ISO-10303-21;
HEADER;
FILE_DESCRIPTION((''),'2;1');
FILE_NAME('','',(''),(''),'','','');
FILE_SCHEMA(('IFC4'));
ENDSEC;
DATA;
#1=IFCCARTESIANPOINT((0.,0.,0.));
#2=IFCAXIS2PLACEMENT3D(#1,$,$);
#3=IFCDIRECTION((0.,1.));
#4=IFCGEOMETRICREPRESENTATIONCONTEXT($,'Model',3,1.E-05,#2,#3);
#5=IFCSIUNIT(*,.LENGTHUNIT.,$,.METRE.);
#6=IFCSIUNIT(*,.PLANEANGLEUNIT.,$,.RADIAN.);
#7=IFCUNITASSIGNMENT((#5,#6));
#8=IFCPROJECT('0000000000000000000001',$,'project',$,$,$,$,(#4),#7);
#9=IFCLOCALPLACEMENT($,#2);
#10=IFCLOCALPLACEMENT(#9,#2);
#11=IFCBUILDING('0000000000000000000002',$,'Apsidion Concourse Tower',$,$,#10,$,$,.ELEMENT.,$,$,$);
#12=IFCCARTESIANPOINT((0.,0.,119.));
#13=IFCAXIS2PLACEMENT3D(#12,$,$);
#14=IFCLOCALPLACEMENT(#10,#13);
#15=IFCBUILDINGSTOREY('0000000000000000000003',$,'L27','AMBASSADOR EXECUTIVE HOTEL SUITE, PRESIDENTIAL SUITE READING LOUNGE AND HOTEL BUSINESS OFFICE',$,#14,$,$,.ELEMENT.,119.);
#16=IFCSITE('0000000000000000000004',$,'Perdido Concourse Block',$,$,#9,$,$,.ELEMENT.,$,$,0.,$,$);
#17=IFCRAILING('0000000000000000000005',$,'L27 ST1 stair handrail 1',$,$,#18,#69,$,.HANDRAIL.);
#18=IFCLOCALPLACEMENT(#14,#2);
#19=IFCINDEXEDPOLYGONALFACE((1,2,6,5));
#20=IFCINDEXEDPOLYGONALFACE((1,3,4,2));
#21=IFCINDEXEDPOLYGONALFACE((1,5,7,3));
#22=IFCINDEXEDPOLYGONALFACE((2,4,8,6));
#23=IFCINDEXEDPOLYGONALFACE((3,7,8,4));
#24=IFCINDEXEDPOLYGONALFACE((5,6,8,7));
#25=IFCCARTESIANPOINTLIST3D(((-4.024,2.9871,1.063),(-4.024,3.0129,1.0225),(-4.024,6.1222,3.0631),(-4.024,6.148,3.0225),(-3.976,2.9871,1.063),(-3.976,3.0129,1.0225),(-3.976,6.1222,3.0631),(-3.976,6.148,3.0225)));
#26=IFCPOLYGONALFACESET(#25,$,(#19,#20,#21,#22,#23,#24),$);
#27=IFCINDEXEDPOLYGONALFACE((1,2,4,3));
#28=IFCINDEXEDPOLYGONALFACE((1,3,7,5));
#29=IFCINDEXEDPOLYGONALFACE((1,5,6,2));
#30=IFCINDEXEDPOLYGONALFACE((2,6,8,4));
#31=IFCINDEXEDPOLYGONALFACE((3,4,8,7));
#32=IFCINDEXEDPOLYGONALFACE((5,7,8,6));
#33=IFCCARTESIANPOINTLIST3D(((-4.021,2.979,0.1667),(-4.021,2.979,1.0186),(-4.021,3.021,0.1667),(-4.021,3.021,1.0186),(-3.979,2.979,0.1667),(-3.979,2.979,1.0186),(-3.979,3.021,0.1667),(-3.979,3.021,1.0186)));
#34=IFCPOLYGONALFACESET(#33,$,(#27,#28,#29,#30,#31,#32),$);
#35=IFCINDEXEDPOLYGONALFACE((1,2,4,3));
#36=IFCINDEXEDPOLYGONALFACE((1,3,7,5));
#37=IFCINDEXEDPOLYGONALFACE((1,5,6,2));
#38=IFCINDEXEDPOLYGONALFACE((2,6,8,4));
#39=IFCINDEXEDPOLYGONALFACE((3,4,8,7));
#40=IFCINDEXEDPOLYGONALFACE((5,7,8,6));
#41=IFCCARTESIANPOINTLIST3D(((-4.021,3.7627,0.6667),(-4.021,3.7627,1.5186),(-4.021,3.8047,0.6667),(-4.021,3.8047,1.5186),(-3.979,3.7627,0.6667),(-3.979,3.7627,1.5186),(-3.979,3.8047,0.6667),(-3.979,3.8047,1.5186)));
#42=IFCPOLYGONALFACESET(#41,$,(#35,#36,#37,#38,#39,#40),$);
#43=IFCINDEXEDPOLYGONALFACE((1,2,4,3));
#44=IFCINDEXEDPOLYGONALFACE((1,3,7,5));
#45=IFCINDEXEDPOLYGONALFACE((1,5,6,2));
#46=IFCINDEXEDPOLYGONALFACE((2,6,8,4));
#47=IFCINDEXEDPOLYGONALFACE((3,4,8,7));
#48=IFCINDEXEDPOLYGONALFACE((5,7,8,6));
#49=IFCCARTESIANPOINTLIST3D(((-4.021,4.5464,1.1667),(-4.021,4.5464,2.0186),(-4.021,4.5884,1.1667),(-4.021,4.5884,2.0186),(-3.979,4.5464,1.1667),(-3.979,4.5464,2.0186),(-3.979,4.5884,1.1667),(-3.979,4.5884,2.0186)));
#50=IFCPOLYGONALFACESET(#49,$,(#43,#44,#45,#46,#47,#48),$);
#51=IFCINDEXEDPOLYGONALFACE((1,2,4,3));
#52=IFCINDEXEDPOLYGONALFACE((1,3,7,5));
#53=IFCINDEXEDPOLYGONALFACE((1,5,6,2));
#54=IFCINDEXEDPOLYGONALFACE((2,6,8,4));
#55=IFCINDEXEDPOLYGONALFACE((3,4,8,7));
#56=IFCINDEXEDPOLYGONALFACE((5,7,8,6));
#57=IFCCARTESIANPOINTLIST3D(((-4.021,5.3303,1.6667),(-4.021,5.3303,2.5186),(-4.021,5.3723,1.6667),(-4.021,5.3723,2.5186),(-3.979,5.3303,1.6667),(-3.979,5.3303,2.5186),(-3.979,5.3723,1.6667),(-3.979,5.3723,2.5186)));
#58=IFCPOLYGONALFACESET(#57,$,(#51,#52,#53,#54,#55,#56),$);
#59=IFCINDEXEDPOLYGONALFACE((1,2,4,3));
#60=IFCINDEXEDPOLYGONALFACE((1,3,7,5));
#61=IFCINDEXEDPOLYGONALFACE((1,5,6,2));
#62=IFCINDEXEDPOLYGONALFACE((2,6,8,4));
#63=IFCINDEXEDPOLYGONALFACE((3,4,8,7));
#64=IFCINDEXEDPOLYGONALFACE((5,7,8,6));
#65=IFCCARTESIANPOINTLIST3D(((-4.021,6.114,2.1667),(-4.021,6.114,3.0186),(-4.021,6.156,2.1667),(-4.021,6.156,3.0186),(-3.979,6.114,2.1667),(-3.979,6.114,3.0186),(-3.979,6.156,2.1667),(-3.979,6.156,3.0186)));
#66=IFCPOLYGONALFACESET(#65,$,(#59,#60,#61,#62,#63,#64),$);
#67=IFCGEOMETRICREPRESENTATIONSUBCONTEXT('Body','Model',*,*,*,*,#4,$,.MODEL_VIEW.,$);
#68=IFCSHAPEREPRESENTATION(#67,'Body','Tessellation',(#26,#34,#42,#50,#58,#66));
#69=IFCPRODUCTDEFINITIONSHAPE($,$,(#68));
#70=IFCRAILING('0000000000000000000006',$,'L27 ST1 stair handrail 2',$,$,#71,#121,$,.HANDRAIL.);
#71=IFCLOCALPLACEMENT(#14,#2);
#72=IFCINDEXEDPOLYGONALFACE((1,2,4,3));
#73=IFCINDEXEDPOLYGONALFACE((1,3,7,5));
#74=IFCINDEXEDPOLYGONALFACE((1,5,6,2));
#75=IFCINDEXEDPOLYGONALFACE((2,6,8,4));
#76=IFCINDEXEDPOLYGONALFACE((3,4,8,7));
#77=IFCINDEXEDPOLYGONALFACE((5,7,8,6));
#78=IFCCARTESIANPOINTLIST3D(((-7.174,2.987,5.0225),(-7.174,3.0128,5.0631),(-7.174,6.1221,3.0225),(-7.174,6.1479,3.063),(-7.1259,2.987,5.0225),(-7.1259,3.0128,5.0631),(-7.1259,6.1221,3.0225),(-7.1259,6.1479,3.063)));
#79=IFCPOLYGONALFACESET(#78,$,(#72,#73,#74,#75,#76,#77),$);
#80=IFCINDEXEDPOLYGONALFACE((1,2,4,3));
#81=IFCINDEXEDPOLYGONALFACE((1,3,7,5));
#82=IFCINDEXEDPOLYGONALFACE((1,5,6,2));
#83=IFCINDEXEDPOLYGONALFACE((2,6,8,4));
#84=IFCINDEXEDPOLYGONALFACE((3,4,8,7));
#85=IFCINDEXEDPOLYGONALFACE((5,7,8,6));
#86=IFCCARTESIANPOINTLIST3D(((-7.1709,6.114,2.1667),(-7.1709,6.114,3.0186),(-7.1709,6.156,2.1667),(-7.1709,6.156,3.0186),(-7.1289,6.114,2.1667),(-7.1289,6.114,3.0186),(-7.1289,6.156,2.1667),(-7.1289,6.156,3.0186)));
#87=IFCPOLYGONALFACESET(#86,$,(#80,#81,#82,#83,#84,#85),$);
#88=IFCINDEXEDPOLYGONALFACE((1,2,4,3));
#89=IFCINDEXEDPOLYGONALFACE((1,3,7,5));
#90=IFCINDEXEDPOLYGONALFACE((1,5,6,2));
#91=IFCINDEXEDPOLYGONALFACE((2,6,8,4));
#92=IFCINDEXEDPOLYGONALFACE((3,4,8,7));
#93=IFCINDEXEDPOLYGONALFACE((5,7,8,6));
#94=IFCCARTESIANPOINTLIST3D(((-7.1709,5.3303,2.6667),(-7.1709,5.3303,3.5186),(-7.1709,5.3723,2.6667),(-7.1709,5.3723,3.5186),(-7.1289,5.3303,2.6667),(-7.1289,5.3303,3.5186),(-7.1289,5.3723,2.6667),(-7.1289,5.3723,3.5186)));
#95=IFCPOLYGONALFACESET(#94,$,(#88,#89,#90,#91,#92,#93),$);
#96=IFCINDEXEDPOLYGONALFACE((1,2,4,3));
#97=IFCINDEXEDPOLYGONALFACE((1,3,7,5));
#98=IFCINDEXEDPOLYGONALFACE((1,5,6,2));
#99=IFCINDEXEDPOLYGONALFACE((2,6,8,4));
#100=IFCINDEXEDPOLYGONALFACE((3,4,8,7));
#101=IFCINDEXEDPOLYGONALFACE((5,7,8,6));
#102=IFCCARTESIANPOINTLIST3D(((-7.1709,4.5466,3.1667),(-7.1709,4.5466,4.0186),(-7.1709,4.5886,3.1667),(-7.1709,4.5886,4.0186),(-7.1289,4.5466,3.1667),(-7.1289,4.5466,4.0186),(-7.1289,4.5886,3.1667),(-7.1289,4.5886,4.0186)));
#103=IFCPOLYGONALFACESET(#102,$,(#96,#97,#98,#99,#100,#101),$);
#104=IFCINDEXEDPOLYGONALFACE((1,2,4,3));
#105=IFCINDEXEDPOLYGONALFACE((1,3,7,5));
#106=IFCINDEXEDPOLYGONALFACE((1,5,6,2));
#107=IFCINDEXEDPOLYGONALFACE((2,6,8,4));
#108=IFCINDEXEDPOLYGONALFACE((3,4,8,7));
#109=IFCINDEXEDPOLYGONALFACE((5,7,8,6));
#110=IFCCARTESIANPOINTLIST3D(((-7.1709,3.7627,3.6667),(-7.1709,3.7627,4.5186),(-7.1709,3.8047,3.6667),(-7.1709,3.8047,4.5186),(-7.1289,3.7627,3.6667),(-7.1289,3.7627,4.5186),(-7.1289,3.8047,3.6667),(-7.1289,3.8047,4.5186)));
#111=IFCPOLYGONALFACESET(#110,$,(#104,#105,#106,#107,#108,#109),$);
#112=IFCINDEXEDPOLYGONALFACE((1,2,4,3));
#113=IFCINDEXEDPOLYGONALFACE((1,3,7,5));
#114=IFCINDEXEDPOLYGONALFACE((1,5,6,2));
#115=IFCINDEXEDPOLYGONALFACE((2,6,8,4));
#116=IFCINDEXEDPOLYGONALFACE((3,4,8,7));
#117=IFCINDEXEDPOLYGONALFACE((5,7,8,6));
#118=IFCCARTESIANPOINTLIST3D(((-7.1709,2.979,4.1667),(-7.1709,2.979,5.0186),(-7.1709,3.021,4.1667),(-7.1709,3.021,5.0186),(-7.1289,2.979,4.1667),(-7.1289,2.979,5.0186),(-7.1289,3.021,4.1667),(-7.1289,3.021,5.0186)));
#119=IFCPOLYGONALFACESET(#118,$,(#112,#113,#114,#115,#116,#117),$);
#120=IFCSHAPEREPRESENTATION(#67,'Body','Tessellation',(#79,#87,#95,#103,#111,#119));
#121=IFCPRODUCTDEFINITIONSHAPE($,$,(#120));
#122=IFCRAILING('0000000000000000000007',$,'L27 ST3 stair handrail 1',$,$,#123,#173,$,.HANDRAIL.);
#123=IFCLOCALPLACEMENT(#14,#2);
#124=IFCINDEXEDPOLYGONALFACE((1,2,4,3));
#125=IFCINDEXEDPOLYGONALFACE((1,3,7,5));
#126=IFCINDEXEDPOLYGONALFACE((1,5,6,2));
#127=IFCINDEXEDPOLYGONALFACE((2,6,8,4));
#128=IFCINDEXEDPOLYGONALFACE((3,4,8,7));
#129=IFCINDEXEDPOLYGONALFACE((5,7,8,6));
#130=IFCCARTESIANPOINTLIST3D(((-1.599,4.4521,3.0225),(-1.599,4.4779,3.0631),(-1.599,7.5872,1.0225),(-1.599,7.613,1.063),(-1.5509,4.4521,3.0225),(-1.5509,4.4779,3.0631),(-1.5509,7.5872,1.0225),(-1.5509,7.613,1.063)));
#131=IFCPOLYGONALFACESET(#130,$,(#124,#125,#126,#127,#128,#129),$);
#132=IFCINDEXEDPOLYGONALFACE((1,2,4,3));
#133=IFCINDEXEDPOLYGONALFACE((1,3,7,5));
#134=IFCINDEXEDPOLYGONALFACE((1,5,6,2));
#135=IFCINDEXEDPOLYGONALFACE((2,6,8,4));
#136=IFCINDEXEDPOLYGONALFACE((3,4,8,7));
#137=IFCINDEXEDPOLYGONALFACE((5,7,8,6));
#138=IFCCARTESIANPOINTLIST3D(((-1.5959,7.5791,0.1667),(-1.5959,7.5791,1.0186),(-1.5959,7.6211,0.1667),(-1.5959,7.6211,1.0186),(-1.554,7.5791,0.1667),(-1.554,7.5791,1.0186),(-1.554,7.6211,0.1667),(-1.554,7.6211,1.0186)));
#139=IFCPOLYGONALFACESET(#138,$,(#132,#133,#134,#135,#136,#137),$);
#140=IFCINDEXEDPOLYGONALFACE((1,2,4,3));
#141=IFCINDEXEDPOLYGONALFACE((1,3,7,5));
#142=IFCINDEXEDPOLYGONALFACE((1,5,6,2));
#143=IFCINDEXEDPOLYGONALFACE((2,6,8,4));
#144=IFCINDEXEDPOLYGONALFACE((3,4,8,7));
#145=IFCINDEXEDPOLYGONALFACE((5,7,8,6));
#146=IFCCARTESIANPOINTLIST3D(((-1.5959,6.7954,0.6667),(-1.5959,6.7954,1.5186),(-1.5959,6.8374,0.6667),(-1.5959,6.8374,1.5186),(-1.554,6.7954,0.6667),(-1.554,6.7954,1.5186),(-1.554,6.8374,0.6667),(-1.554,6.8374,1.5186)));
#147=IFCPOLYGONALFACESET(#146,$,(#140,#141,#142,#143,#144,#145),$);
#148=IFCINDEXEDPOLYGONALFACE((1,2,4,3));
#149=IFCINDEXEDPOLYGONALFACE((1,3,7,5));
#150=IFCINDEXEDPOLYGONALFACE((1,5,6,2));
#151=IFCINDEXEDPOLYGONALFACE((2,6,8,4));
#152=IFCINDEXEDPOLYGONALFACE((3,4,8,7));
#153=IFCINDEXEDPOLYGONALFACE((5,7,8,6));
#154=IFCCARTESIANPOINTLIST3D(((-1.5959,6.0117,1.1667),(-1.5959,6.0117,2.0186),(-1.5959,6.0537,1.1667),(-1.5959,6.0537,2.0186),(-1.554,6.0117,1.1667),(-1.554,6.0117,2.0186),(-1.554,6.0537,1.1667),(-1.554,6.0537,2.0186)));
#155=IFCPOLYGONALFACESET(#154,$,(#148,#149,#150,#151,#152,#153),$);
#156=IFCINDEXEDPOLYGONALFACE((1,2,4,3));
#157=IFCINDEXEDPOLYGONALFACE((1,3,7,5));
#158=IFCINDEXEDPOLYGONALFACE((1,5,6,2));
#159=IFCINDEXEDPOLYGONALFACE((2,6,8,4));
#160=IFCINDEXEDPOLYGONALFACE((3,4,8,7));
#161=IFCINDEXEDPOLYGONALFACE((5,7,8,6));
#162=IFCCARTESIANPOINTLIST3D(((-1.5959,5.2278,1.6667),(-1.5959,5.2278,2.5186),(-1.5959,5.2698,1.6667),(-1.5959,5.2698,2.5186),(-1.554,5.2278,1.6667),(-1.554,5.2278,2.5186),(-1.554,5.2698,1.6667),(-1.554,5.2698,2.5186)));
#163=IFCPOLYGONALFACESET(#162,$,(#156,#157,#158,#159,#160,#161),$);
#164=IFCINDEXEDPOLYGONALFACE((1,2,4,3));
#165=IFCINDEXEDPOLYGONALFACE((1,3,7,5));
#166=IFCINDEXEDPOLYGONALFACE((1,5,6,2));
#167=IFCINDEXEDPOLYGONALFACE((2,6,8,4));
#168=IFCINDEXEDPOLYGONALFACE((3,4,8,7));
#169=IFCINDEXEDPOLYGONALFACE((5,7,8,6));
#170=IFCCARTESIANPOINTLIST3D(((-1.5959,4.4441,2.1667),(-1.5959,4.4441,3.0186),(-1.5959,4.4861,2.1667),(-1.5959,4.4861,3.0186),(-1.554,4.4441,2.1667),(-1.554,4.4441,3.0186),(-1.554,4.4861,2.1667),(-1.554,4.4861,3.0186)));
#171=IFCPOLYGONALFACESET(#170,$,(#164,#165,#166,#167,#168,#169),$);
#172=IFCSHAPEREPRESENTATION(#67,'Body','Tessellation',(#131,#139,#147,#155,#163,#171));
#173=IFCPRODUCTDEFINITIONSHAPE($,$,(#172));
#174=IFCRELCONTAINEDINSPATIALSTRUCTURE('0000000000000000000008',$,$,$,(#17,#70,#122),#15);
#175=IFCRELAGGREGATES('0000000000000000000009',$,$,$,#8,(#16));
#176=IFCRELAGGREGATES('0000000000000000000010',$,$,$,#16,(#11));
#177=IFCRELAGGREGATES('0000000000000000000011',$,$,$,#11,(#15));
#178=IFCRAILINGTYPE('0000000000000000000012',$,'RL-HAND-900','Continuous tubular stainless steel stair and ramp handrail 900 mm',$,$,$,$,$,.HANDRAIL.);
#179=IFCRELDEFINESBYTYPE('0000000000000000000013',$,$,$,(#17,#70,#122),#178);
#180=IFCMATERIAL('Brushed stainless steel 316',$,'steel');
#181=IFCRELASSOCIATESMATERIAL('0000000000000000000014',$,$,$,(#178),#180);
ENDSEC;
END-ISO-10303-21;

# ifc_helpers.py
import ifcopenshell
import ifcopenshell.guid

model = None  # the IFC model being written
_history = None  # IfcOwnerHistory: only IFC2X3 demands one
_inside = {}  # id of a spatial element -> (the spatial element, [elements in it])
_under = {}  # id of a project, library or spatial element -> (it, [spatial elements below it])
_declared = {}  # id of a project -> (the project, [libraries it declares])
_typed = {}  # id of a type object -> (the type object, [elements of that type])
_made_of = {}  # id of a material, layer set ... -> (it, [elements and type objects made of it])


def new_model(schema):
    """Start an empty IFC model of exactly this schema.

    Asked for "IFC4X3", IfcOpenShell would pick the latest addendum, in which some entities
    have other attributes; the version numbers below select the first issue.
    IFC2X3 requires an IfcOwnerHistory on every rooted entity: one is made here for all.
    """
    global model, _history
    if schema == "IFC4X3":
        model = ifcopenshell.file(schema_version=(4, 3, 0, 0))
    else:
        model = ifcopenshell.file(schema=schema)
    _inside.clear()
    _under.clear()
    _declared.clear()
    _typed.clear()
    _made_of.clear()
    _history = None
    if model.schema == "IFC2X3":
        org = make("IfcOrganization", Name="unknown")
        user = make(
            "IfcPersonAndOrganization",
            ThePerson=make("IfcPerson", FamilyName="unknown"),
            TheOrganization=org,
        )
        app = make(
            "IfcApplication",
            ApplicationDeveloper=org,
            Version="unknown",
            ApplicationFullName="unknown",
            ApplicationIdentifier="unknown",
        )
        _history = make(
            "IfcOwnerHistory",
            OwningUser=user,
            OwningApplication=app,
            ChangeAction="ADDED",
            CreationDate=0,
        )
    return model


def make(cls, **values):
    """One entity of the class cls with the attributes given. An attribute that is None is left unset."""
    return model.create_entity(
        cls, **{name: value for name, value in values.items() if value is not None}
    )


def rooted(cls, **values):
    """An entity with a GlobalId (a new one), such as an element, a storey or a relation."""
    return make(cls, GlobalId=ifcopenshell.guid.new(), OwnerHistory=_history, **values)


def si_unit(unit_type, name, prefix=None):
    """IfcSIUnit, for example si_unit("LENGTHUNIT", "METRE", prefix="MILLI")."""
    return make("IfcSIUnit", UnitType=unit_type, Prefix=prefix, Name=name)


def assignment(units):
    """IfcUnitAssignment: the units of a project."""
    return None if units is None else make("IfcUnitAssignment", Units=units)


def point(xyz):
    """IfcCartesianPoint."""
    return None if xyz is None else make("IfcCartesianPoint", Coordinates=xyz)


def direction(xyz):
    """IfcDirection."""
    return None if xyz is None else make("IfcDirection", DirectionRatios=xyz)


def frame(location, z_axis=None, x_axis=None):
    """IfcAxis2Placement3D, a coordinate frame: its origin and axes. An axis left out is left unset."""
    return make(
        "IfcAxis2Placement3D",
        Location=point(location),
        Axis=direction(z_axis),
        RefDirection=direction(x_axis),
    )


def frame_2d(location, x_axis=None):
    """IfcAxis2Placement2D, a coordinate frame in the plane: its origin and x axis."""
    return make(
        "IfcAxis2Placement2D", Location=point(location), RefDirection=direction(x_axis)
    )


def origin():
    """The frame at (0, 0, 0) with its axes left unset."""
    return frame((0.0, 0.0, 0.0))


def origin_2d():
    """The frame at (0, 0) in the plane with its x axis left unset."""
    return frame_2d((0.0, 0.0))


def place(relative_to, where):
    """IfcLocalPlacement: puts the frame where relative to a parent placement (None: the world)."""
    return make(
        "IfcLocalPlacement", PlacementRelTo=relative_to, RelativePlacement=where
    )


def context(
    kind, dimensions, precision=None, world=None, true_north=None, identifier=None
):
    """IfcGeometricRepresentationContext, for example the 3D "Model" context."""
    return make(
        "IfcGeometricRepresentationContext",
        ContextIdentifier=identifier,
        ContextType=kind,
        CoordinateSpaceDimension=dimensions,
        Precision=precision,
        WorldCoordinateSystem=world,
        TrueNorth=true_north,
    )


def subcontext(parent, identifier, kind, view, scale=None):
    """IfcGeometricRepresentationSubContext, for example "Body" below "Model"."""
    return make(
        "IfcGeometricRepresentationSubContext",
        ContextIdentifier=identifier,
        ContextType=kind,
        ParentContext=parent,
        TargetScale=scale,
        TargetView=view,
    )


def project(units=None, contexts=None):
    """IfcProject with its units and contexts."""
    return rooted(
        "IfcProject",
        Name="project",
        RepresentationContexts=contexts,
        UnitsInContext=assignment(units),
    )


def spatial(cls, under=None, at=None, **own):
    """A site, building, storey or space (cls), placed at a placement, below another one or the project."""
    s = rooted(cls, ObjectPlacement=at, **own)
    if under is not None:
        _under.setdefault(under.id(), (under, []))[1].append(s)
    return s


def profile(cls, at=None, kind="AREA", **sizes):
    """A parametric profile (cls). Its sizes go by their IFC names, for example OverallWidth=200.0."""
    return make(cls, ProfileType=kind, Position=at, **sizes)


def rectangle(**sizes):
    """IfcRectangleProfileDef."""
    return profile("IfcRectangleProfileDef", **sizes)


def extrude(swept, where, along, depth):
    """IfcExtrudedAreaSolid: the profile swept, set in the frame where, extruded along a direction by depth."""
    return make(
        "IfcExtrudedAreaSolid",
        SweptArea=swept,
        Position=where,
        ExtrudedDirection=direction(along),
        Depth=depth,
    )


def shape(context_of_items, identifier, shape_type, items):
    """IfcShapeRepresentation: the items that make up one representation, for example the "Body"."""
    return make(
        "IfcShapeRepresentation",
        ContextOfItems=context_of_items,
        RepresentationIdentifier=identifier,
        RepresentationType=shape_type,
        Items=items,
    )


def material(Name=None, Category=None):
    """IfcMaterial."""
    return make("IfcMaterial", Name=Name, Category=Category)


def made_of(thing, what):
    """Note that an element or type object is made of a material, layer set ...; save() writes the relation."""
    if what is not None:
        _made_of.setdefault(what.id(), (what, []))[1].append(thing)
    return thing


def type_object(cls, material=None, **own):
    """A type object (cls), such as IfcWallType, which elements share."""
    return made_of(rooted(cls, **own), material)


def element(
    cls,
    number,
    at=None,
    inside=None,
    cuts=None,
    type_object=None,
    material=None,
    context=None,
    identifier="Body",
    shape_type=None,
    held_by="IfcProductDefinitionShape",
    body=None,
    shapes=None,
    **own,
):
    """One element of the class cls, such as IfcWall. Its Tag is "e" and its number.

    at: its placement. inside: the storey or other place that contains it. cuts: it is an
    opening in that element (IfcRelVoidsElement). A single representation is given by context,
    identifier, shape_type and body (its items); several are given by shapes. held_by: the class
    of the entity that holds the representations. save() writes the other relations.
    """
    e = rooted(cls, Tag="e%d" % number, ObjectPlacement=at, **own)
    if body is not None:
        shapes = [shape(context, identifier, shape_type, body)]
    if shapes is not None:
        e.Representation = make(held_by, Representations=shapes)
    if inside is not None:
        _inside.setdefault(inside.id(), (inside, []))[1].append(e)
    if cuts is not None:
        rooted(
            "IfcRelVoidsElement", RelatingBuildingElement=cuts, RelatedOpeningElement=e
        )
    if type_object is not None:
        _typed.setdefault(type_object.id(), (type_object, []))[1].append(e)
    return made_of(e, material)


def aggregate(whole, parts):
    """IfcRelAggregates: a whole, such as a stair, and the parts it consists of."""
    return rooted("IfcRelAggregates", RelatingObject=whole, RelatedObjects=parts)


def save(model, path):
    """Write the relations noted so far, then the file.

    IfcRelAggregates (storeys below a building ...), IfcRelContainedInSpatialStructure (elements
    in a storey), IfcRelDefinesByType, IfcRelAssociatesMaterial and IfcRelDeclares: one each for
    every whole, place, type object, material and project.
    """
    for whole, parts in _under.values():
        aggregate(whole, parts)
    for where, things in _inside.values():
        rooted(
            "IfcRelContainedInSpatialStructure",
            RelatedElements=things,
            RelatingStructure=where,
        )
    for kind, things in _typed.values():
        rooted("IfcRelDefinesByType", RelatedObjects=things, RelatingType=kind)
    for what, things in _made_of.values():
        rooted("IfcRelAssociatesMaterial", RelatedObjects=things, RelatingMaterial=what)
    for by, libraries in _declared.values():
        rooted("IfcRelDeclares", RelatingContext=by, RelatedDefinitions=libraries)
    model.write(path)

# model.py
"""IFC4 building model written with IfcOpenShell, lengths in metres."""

from ifc_helpers import new_model, si_unit, direction, frame, origin, origin_2d, place, context, subcontext, project, spatial, rectangle, extrude, material, type_object, element, save


model = new_model("IFC4")

# Units and contexts
model_context = context("Model", 3, precision=1e-05, world=origin(), true_north=direction((0.0, 1.0)))
body_context = subcontext(model_context, "Body", "Model", "MODEL_VIEW")
ifc_project = project(units=[si_unit("LENGTHUNIT", "METRE"), si_unit("PLANEANGLEUNIT", "RADIAN")], contexts=[model_context])

# Site, building, storey
site_placement = place(None, origin())
site = spatial("IfcSite", under=ifc_project, at=site_placement, Name="Perdido Concourse Block", CompositionType="ELEMENT", RefElevation=0.0)
building_placement = place(site_placement, origin())
building = spatial("IfcBuilding", under=site, at=building_placement, Name="Apsidion Concourse Tower", CompositionType="ELEMENT")
storey_placement = place(building_placement, frame((0.0, 0.0, 119.0)))
storey = spatial("IfcBuildingStorey", under=building, at=storey_placement, Name="L27", Description="AMBASSADOR EXECUTIVE HOTEL SUITE, PRESIDENTIAL SUITE READING LOUNGE AND HOTEL BUSINESS OFFICE", CompositionType="ELEMENT", Elevation=119.0)

# Railings
ifc_material_1 = material(Name="Brushed stainless steel 316", Category="steel")
railing_type_1 = type_object("IfcRailingType", Name="RL-HAND-900", Description="Continuous tubular stainless steel stair and ramp handrail 900 mm", PredefinedType="HANDRAIL", material=ifc_material_1)
railing_1_placement = place(storey_placement, frame((-4.0, 3.0, 0.1667)))
element("IfcRailing", 1, at=railing_1_placement, inside=storey, type_object=railing_type_1, Name="L27 ST1 stair handrail 1", PredefinedType="HANDRAIL", context=body_context, shape_type="SweptSolid", body=[
    extrude(rectangle(XDim=0.0481, YDim=0.0481, at=origin_2d()), frame((0.0, 0.0, 0.876), z_axis=(0.0, 0.843053, 0.537831), x_axis=(-1.0, 0.0, 0.0)), (0.0, 0.0, 1.0), 3.7188),
    extrude(rectangle(XDim=0.042, YDim=0.042, at=origin_2d()), origin(), (0.0, 0.0, 1.0), 0.8518),
    extrude(rectangle(XDim=0.042, YDim=0.042, at=origin_2d()), frame((0.0, 0.7837, 0.5)), (0.0, 0.0, 1.0), 0.8518),
    extrude(rectangle(XDim=0.042, YDim=0.042, at=origin_2d()), frame((0.0, 1.5674, 1.0)), (0.0, 0.0, 1.0), 0.8518),
    extrude(rectangle(XDim=0.042, YDim=0.042, at=origin_2d()), frame((0.0, 2.3513, 1.5)), (0.0, 0.0, 1.0), 0.8518),
    extrude(rectangle(XDim=0.042, YDim=0.042, at=origin_2d()), frame((0.0, 3.135, 2.0)), (0.0, 0.0, 1.0), 0.8518),
])
for number, where, name in (
    (2, (-7.1499, 6.135, 2.1667), "L27 ST1 stair handrail 2"),
    (3, (-1.575, 7.6001, 0.1667), "L27 ST3 stair handrail 1"),
):
    element("IfcRailing", number, at=place(storey_placement, frame(where)), inside=storey, type_object=railing_type_1, Name=name, PredefinedType="HANDRAIL", context=body_context, shape_type="SweptSolid", body=[
        extrude(rectangle(XDim=0.0481, YDim=0.0481, at=origin_2d()), frame((0.0, 0.0, 0.876), z_axis=(0.0, -0.843053, 0.537831), x_axis=(1.0, 0.0, 0.0)), (0.0, 0.0, 1.0), 3.7188),
        extrude(rectangle(XDim=0.042, YDim=0.042, at=origin_2d()), origin(), (0.0, 0.0, 1.0), 0.8518),
        extrude(rectangle(XDim=0.042, YDim=0.042, at=origin_2d()), frame((0.0, -0.7837, 0.5)), (0.0, 0.0, 1.0), 0.8518),
        extrude(rectangle(XDim=0.042, YDim=0.042, at=origin_2d()), frame((0.0, -1.5674, 1.0)), (0.0, 0.0, 1.0), 0.8518),
        extrude(rectangle(XDim=0.042, YDim=0.042, at=origin_2d()), frame((0.0, -2.3513, 1.5)), (0.0, 0.0, 1.0), 0.8518),
        extrude(rectangle(XDim=0.042, YDim=0.042, at=origin_2d()), frame((0.0, -3.135, 2.0)), (0.0, 0.0, 1.0), 0.8518),
    ])

save(model, "model.ifc")
